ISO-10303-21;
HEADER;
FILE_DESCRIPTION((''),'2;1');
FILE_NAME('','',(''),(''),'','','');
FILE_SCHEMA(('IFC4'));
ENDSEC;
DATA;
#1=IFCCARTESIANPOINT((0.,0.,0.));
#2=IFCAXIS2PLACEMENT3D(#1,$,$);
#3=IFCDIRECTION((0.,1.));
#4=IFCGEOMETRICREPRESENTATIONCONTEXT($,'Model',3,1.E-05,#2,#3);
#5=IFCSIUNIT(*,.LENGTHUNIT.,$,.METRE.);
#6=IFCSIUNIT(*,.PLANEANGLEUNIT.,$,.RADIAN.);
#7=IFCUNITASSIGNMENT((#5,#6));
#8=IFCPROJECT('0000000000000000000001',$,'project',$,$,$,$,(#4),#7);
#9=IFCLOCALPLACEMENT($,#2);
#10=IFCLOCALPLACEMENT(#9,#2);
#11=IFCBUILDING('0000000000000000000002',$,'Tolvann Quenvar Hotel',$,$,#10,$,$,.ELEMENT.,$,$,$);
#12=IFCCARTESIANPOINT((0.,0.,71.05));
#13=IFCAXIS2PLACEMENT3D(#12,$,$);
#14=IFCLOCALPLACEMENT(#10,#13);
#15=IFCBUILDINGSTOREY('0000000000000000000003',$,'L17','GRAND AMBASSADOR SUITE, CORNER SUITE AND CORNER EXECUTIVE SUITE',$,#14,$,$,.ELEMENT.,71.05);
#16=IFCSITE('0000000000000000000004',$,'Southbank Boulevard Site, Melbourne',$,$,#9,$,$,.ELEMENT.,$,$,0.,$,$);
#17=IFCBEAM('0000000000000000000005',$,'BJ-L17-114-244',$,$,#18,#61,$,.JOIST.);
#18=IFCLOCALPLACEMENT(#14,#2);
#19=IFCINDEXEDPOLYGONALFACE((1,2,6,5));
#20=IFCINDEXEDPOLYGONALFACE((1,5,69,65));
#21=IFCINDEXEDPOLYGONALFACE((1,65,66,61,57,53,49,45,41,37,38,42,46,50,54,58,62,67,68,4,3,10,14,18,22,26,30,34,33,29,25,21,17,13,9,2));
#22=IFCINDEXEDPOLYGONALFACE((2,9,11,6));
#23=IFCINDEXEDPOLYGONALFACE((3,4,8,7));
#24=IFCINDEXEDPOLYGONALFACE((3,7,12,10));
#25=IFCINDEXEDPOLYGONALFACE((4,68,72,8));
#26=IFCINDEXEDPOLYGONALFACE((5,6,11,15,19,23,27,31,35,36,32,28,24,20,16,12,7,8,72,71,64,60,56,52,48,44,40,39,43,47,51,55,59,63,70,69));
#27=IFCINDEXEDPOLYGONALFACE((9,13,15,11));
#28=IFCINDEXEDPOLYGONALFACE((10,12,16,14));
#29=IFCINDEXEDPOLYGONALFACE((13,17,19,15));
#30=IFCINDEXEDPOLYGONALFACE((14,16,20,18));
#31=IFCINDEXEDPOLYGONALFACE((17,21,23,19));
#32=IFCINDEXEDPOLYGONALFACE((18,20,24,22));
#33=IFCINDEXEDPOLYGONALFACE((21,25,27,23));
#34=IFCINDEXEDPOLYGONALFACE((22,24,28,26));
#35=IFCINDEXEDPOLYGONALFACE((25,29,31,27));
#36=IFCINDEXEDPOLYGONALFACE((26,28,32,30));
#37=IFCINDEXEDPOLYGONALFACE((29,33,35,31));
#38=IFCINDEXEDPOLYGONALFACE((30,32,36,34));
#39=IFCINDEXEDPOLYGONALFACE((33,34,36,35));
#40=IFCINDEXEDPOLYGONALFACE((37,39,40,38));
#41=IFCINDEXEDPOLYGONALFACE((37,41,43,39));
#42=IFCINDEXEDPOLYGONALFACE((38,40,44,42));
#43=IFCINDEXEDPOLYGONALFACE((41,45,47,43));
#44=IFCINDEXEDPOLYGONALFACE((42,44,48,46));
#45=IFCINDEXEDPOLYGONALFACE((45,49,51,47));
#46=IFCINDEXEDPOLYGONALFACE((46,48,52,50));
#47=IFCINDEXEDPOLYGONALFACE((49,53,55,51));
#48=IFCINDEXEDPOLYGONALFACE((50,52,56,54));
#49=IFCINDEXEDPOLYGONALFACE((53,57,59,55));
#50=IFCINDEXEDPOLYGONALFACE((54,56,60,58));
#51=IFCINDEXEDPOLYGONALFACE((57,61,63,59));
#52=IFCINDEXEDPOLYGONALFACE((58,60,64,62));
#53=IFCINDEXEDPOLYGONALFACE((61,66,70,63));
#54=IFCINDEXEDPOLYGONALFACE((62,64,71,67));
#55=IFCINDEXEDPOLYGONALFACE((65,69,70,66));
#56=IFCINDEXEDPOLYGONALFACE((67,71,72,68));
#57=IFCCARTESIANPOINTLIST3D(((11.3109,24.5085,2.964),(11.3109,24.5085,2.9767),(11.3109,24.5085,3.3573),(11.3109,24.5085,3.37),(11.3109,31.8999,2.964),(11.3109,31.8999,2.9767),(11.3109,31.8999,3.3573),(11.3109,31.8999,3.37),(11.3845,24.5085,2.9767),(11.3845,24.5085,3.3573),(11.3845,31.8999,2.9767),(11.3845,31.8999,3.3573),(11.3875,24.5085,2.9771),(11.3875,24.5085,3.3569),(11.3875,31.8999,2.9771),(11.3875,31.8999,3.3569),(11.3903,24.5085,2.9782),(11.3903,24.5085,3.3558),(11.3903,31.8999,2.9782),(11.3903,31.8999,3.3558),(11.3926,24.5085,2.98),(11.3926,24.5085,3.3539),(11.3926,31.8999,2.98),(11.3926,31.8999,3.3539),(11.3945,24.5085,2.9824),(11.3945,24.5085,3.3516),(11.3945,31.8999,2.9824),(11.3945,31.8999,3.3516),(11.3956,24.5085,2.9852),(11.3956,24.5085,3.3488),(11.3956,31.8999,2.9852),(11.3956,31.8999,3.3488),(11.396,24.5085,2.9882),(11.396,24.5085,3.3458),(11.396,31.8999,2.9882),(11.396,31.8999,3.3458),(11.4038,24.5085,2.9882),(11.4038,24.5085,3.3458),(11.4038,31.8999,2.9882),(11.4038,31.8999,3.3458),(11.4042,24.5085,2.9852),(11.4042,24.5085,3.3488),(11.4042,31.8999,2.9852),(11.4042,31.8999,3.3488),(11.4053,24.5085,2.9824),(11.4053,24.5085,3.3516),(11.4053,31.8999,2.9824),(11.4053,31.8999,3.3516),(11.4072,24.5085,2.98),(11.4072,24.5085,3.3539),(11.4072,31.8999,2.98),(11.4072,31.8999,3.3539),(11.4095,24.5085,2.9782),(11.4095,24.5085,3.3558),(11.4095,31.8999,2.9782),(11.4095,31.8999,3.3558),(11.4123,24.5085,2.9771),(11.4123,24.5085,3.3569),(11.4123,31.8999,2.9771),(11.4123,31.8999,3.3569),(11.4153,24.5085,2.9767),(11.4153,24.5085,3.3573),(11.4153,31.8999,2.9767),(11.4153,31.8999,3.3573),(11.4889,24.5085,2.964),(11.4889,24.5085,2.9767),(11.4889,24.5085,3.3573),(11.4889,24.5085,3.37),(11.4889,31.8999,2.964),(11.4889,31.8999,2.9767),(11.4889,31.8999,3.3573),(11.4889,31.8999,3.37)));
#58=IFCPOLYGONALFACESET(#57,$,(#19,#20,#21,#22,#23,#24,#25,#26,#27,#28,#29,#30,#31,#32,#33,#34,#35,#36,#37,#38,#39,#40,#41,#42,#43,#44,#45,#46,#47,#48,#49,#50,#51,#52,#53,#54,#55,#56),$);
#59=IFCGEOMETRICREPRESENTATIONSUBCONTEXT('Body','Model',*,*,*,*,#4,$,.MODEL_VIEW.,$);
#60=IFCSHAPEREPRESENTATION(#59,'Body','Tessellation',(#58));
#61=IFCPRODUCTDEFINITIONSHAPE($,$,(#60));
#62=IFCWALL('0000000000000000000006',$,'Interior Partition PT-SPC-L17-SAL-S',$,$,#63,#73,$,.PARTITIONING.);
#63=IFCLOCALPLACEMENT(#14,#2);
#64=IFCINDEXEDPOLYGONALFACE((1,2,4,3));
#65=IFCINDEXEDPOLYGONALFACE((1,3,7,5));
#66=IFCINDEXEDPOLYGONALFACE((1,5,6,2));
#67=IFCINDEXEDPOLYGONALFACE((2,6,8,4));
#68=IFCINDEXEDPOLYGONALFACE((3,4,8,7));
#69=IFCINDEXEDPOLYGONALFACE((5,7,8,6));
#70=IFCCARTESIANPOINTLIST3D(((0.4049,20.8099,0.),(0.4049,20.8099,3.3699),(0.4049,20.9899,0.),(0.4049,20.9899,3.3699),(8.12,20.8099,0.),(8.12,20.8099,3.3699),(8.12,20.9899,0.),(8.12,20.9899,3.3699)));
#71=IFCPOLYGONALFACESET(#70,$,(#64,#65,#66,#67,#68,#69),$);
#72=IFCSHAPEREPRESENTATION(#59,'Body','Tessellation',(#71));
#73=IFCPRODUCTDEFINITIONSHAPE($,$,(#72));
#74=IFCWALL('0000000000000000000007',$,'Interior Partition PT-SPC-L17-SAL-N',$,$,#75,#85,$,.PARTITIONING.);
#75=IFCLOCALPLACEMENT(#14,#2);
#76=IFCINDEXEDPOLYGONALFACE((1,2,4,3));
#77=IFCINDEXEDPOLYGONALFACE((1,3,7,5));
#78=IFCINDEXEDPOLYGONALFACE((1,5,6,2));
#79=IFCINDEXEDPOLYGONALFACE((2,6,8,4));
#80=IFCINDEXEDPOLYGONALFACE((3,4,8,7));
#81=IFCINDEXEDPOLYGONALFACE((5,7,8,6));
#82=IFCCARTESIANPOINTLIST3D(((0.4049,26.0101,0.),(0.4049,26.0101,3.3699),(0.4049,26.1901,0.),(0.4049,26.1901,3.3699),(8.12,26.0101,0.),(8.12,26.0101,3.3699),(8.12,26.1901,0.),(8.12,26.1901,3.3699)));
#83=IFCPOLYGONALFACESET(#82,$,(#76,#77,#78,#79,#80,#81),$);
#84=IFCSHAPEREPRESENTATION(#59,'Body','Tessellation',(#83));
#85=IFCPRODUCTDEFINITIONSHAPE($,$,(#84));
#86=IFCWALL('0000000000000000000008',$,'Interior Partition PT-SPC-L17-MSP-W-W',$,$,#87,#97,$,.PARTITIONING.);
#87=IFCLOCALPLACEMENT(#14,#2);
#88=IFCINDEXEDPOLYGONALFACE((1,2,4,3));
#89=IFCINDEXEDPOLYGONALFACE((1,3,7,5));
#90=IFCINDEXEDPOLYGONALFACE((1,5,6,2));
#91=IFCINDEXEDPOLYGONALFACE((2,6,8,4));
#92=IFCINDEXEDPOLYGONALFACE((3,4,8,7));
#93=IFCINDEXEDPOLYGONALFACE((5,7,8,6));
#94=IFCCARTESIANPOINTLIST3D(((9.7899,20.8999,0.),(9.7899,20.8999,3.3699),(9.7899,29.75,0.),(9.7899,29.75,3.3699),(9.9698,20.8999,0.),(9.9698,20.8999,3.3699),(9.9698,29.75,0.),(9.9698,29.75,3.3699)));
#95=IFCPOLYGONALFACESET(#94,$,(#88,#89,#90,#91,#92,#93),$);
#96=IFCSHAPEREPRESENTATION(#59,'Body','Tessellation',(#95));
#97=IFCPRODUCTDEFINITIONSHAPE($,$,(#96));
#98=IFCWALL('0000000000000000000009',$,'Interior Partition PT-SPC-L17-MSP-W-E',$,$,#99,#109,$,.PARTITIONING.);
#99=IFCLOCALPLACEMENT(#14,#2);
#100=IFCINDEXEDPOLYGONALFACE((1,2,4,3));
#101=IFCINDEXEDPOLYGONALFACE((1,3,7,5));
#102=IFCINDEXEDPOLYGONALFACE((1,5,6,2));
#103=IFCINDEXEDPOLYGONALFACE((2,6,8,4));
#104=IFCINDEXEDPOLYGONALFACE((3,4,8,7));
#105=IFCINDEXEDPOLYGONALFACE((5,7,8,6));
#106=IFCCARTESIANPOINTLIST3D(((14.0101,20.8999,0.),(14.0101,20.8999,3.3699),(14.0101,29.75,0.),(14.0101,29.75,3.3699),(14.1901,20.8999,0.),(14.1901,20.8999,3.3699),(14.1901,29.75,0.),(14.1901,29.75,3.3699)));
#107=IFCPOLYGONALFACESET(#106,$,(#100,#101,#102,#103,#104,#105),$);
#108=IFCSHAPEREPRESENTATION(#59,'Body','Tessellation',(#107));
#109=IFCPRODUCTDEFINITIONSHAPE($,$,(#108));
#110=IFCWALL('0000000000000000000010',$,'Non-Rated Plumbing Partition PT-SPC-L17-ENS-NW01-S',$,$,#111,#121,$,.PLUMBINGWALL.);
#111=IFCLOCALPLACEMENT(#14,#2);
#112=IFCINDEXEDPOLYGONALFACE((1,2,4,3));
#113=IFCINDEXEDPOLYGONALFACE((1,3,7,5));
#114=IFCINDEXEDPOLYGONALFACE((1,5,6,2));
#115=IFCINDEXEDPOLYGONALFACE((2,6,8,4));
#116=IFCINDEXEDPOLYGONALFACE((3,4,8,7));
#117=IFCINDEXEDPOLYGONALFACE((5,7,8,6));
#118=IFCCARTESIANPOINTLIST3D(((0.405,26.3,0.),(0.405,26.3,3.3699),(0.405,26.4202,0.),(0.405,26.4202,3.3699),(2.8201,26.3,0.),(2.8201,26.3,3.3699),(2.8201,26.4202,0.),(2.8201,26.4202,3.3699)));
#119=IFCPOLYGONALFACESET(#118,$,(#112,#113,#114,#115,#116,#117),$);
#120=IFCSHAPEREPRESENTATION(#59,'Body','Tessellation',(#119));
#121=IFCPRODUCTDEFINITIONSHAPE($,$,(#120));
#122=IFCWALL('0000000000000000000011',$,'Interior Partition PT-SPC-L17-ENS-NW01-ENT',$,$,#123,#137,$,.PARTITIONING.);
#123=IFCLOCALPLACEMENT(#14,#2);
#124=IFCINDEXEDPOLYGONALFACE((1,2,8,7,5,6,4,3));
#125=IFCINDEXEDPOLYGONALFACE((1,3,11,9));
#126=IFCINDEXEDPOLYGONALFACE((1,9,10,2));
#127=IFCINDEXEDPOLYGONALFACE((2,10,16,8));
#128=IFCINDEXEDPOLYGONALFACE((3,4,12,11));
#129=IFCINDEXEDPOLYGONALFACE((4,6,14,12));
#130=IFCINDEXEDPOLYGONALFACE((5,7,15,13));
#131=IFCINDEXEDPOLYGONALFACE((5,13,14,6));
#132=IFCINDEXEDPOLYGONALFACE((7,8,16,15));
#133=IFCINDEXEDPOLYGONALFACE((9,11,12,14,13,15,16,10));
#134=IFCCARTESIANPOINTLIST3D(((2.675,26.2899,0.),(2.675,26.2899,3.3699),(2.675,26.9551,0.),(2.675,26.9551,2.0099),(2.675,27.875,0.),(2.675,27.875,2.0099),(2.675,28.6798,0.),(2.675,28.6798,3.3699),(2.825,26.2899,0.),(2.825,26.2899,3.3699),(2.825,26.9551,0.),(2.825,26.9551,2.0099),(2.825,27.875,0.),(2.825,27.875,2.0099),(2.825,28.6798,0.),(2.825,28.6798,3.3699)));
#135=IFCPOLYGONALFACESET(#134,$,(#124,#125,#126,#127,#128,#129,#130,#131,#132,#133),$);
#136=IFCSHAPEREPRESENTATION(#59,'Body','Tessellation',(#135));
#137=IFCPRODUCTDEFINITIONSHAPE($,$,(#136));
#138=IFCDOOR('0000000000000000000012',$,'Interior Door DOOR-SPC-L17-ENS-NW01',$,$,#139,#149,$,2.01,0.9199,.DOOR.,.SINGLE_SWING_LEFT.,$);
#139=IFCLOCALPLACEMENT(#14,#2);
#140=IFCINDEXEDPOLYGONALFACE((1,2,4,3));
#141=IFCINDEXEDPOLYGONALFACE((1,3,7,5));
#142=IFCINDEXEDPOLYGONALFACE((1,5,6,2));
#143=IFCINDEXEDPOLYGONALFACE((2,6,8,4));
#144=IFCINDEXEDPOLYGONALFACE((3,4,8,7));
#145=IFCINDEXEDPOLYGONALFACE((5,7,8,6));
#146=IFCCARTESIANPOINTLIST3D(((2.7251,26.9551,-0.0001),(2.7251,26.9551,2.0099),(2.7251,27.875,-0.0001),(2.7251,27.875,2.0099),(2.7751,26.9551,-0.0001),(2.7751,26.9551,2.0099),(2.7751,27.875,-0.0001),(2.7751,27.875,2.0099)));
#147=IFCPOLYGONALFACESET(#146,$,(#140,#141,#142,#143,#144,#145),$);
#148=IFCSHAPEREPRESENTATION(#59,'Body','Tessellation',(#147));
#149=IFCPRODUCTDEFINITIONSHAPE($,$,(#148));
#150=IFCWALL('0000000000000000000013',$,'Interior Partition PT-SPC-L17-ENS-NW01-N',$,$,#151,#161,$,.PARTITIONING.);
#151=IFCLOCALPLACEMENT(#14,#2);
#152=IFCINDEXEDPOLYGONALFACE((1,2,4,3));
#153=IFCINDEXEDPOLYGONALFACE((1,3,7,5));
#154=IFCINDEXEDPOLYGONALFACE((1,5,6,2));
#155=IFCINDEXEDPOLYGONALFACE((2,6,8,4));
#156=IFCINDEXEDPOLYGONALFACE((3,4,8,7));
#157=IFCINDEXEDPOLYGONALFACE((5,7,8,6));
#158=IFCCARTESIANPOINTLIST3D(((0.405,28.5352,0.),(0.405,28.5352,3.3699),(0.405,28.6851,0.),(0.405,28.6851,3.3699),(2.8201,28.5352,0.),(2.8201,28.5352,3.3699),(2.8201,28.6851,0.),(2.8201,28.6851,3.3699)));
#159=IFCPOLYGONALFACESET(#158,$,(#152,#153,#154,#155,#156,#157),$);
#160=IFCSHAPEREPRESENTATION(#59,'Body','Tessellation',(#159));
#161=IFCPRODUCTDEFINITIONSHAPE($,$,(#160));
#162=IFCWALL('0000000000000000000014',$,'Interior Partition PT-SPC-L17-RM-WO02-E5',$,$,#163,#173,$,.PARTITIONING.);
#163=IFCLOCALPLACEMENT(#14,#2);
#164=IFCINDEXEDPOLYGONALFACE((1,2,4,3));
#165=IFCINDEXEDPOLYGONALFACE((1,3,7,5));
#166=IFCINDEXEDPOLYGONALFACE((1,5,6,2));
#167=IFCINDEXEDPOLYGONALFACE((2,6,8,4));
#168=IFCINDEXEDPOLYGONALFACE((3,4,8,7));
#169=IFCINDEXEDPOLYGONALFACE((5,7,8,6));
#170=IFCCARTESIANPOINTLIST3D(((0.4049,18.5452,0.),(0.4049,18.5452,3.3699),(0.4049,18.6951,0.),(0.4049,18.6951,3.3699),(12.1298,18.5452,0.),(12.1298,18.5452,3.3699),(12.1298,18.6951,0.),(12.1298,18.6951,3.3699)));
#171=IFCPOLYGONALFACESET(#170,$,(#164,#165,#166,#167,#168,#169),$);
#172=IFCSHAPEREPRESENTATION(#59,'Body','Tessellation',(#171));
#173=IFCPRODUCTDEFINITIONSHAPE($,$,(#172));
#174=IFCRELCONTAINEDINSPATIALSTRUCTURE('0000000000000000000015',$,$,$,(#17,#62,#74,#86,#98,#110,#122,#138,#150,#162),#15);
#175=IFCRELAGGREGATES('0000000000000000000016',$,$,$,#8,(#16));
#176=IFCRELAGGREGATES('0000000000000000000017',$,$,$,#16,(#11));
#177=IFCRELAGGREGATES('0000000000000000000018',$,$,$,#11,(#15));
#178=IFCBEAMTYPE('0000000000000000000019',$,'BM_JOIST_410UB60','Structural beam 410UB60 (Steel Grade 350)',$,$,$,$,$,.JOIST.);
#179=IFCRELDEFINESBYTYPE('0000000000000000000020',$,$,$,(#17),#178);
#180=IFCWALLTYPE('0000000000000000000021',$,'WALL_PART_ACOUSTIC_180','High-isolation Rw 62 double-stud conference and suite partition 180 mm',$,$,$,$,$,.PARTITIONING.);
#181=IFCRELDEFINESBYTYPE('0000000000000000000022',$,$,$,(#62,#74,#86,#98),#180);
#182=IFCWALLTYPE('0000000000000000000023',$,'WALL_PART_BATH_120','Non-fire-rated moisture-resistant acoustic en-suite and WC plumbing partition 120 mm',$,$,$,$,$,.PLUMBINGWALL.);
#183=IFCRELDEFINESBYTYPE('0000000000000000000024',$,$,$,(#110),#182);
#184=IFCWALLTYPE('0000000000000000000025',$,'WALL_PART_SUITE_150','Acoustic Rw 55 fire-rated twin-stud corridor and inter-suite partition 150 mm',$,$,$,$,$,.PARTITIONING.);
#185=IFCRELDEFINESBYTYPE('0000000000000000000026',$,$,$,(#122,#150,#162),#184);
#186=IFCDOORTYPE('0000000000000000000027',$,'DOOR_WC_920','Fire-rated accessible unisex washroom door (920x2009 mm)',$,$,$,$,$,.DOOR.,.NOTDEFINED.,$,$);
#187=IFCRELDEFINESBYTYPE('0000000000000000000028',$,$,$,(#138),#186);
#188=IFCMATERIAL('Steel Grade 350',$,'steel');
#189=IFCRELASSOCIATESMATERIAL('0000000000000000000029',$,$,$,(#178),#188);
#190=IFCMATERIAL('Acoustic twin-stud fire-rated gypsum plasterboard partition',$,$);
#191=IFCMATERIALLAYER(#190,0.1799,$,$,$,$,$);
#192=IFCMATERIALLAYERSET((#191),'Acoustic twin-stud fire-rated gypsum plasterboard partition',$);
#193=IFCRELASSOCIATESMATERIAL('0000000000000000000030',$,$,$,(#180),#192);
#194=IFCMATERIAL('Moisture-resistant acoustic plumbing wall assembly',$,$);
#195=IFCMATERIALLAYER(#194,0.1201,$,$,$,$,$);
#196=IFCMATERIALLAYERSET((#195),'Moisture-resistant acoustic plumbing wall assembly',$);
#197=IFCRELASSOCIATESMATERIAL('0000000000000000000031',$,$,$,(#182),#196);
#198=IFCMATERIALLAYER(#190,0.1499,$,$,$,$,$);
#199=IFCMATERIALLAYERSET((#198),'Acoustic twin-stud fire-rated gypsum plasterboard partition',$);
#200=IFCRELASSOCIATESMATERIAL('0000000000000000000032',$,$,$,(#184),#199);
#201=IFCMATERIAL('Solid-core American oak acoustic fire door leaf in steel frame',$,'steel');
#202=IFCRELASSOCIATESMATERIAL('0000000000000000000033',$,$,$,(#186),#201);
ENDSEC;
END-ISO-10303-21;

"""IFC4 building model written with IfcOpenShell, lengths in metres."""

from ifc_helpers import new_model, si_unit, direction, frame, frame_2d, origin, origin_2d, place, context, subcontext, project, spatial, rectangle, i_section, extrude, source, transform, mapped, material, layer, layer_set, material_profile, profile_set, type_object, type_shapes, element, fill, save


model = new_model("IFC4")

# Units and contexts
model_context = context("Model", 3, precision=1e-05, world=origin(), true_north=direction((0.0, 1.0)))
body_context = subcontext(model_context, "Body", "Model", "MODEL_VIEW")
ifc_project = project(units=[si_unit("LENGTHUNIT", "METRE"), si_unit("PLANEANGLEUNIT", "RADIAN")], contexts=[model_context])

# Site, building, storey
site_placement = place(None, origin())
site = spatial("IfcSite", under=ifc_project, at=site_placement, Name="Southbank Boulevard Site, Melbourne", CompositionType="ELEMENT", RefElevation=0.0)
building_placement = place(site_placement, origin())
building = spatial("IfcBuilding", under=site, at=building_placement, Name="Tolvann Quenvar Hotel", CompositionType="ELEMENT")
storey_placement = place(building_placement, frame((0.0, 0.0, 71.05)))
storey = spatial("IfcBuildingStorey", under=building, at=storey_placement, Name="L17", Description="GRAND AMBASSADOR SUITE, CORNER SUITE AND CORNER EXECUTIVE SUITE", CompositionType="ELEMENT", Elevation=71.05)

# Shared definitions
ifc_material_1 = material(Name="Steel Grade 350", Category="steel")

# Beam
ifc_material_profile_1 = material_profile(ifc_material_1, i_section(OverallWidth=0.178, OverallDepth=0.406, WebThickness=0.0078, FlangeThickness=0.0127, FilletRadius=0.0115, at=origin_2d()), Name="410UB60")
ifc_profile_set_1 = profile_set([ifc_material_profile_1], Name="Steel Grade 350")
beam_type_1 = type_object("IfcBeamType", Name="BM_JOIST_410UB60", Description="Structural beam 410UB60 (Steel Grade 350)", PredefinedType="JOIST", material=ifc_profile_set_1)
shared_shape_1 = source(origin(), body_context, "Body", "SweptSolid", [
    extrude(i_section(OverallWidth=0.178, OverallDepth=0.406, WebThickness=0.0078, FlangeThickness=0.0127, FilletRadius=0.0115, at=origin_2d()), origin(), (0.0, 0.0, 1.0), 7.3914),
])
beam_1_placement = place(storey_placement, frame((11.3999, 24.5085, 3.167), z_axis=(0.0, 1.0, 0.0), x_axis=(-1.0, 0.0, 0.0)))
element("IfcBeam", 1, at=beam_1_placement, inside=storey, type_object=beam_type_1, Name="BJ-L17-114-244", PredefinedType="JOIST", context=body_context, shape_type="MappedRepresentation", body=[
    mapped(shared_shape_1, transform((0.0, 0.0, 0.0), x_axis=(1.0, 0.0, 0.0), y_axis=(0.0, 1.0, 0.0), z_axis=(0.0, 0.0, 1.0), scale=1.0)),
])

# Shared definitions
ifc_material_2 = material(Name="Acoustic twin-stud fire-rated gypsum plasterboard partition")
ifc_layer_1 = layer(ifc_material_2, 0.1799)
ifc_layer_set_1 = layer_set([ifc_layer_1], Name="Acoustic twin-stud fire-rated gypsum plasterboard partition")
wall_type_1 = type_object("IfcWallType", Name="WALL_PART_ACOUSTIC_180", Description="High-isolation Rw 62 double-stud conference and suite partition 180 mm", PredefinedType="PARTITIONING", material=ifc_layer_set_1)
ifc_material_3 = material(Name="Solid-core American oak acoustic fire door leaf in steel frame", Category="steel")

# Walls
for number, where, z_axis, x_axis, name in (
    (2, (0.405, 20.8999, 0.0), (0.0, 0.0, 1.0), (1.0, 0.0, 0.0), "Interior Partition PT-SPC-L17-SAL-S"),
    (3, (0.405, 26.1001, 0.0), (0.0, 0.0, 1.0), (1.0, 0.0, 0.0), "Interior Partition PT-SPC-L17-SAL-N"),
):
    element("IfcWall", number, at=place(storey_placement, frame(where, z_axis=z_axis, x_axis=x_axis)), inside=storey, type_object=wall_type_1, Name=name, PredefinedType="PARTITIONING", context=body_context, shape_type="SweptSolid", body=[
        extrude(rectangle(XDim=7.7151, YDim=0.1799, at=frame_2d((3.8574, 0.0))), origin(), (0.0, 0.0, 1.0), 3.3699),
    ])

# Walls
for number, where, z_axis, x_axis, name in (
    (4, (9.8799, 20.8999, 0.0), (0.0, 0.0, 1.0), (0.0, 1.0, 0.0), "Interior Partition PT-SPC-L17-MSP-W-W"),
    (5, (14.1001, 20.8999, 0.0), (0.0, 0.0, 1.0), (0.0, 1.0, 0.0), "Interior Partition PT-SPC-L17-MSP-W-E"),
):
    element("IfcWall", number, at=place(storey_placement, frame(where, z_axis=z_axis, x_axis=x_axis)), inside=storey, type_object=wall_type_1, Name=name, PredefinedType="PARTITIONING", context=body_context, shape_type="SweptSolid", body=[
        extrude(rectangle(XDim=8.8501, YDim=0.1799, at=frame_2d((4.425, 0.0))), origin(), (0.0, 0.0, 1.0), 3.3699),
    ])
ifc_material_4 = material(Name="Moisture-resistant acoustic plumbing wall assembly")
ifc_layer_2 = layer(ifc_material_4, 0.1201)
ifc_layer_set_2 = layer_set([ifc_layer_2], Name="Moisture-resistant acoustic plumbing wall assembly")
wall_type_2 = type_object("IfcWallType", Name="WALL_PART_BATH_120", Description="Non-fire-rated moisture-resistant acoustic en-suite and WC plumbing partition 120 mm", PredefinedType="PLUMBINGWALL", material=ifc_layer_set_2)
wall_1_placement = place(storey_placement, frame((0.405, 26.3601, 0.0), z_axis=(0.0, 0.0, 1.0), x_axis=(1.0, 0.0, 0.0)))
element("IfcWall", 6, at=wall_1_placement, inside=storey, type_object=wall_type_2, Name="Non-Rated Plumbing Partition PT-SPC-L17-ENS-NW01-S", PredefinedType="PLUMBINGWALL", context=body_context, shape_type="SweptSolid", body=[
    extrude(rectangle(XDim=2.415, YDim=0.1201, at=frame_2d((1.2075, 0.0))), origin(), (0.0, 0.0, 1.0), 3.3699),
])

# Wall, opening, door
ifc_layer_3 = layer(ifc_material_2, 0.1499)
ifc_layer_set_3 = layer_set([ifc_layer_3], Name="Acoustic twin-stud fire-rated gypsum plasterboard partition")
wall_type_3 = type_object("IfcWallType", Name="WALL_PART_SUITE_150", Description="Acoustic Rw 55 fire-rated twin-stud corridor and inter-suite partition 150 mm", PredefinedType="PARTITIONING", material=ifc_layer_set_3)
wall_2_placement = place(storey_placement, frame((2.75, 26.29, 0.0), z_axis=(0.0, 0.0, 1.0), x_axis=(0.0, 1.0, 0.0)))
wall_2 = element("IfcWall", 7, at=wall_2_placement, inside=storey, type_object=wall_type_3, Name="Interior Partition PT-SPC-L17-ENS-NW01-ENT", PredefinedType="PARTITIONING", context=body_context, shape_type="SweptSolid", body=[
    extrude(rectangle(XDim=2.3899, YDim=0.1499, at=frame_2d((1.1948, 0.0))), origin(), (0.0, 0.0, 1.0), 3.3699),
])
opening_1_placement = place(wall_2_placement, frame((0.665, 0.0, 0.0)))
opening_1 = element("IfcOpeningElement", 8, at=opening_1_placement, cuts=wall_2, PredefinedType="OPENING", context=body_context, shape_type="SweptSolid", body=[
    extrude(rectangle(XDim=0.9199, YDim=2.01, at=frame_2d((0.46, 1.0049))), frame((0.0, 0.085, 0.0), z_axis=(0.0, -1.0, 0.0), x_axis=(1.0, 0.0, 0.0)), (0.0, 0.0, 1.0), 0.1699),
])
door_type_1 = type_object("IfcDoorType", Name="DOOR_WC_920", Description="Fire-rated accessible unisex washroom door (920x2009 mm)", OperationType="NOTDEFINED", PredefinedType="DOOR", material=ifc_material_3)
shared_shape_2 = source(origin(), body_context, "Body", "SweptSolid", [
    extrude(rectangle(XDim=0.9199, YDim=2.01, at=frame_2d((0.46, 1.0049))), frame((0.0, 0.0249, 0.0), z_axis=(0.0, -1.0, 0.0), x_axis=(1.0, 0.0, 0.0)), (0.0, 0.0, 1.0), 0.05),
])
type_shapes(door_type_1, [shared_shape_2])
door_1_placement = place(opening_1_placement, origin())
door_1 = element("IfcDoor", 9, at=door_1_placement, inside=storey, type_object=door_type_1, Name="Interior Door DOOR-SPC-L17-ENS-NW01", OperationType="SINGLE_SWING_LEFT", OverallHeight=2.01, OverallWidth=0.9199, PredefinedType="DOOR", context=body_context, shape_type="MappedRepresentation", body=[
    mapped(shared_shape_2, transform((0.0, 0.0, 0.0), x_axis=(1.0, 0.0, 0.0), y_axis=(0.0, 1.0, 0.0), z_axis=(0.0, 0.0, 1.0), scale=1.0)),
])
fill(opening_1, door_1)

# Walls
wall_3_placement = place(storey_placement, frame((0.405, 28.6101, 0.0), z_axis=(0.0, 0.0, 1.0), x_axis=(1.0, 0.0, 0.0)))
element("IfcWall", 10, at=wall_3_placement, inside=storey, type_object=wall_type_3, Name="Interior Partition PT-SPC-L17-ENS-NW01-N", PredefinedType="PARTITIONING", context=body_context, shape_type="SweptSolid", body=[
    extrude(rectangle(XDim=2.415, YDim=0.1499, at=frame_2d((1.2075, 0.0))), origin(), (0.0, 0.0, 1.0), 3.3699),
])
wall_4_placement = place(storey_placement, frame((0.405, 18.6201, 0.0), z_axis=(0.0, 0.0, 1.0), x_axis=(1.0, 0.0, 0.0)))
element("IfcWall", 11, at=wall_4_placement, inside=storey, type_object=wall_type_3, Name="Interior Partition PT-SPC-L17-RM-WO02-E5", PredefinedType="PARTITIONING", context=body_context, shape_type="SweptSolid", body=[
    extrude(rectangle(XDim=11.7249, YDim=0.1499, at=frame_2d((5.8623, 0.0))), origin(), (0.0, 0.0, 1.0), 3.3699),
])

save(model, "model.ifc")
